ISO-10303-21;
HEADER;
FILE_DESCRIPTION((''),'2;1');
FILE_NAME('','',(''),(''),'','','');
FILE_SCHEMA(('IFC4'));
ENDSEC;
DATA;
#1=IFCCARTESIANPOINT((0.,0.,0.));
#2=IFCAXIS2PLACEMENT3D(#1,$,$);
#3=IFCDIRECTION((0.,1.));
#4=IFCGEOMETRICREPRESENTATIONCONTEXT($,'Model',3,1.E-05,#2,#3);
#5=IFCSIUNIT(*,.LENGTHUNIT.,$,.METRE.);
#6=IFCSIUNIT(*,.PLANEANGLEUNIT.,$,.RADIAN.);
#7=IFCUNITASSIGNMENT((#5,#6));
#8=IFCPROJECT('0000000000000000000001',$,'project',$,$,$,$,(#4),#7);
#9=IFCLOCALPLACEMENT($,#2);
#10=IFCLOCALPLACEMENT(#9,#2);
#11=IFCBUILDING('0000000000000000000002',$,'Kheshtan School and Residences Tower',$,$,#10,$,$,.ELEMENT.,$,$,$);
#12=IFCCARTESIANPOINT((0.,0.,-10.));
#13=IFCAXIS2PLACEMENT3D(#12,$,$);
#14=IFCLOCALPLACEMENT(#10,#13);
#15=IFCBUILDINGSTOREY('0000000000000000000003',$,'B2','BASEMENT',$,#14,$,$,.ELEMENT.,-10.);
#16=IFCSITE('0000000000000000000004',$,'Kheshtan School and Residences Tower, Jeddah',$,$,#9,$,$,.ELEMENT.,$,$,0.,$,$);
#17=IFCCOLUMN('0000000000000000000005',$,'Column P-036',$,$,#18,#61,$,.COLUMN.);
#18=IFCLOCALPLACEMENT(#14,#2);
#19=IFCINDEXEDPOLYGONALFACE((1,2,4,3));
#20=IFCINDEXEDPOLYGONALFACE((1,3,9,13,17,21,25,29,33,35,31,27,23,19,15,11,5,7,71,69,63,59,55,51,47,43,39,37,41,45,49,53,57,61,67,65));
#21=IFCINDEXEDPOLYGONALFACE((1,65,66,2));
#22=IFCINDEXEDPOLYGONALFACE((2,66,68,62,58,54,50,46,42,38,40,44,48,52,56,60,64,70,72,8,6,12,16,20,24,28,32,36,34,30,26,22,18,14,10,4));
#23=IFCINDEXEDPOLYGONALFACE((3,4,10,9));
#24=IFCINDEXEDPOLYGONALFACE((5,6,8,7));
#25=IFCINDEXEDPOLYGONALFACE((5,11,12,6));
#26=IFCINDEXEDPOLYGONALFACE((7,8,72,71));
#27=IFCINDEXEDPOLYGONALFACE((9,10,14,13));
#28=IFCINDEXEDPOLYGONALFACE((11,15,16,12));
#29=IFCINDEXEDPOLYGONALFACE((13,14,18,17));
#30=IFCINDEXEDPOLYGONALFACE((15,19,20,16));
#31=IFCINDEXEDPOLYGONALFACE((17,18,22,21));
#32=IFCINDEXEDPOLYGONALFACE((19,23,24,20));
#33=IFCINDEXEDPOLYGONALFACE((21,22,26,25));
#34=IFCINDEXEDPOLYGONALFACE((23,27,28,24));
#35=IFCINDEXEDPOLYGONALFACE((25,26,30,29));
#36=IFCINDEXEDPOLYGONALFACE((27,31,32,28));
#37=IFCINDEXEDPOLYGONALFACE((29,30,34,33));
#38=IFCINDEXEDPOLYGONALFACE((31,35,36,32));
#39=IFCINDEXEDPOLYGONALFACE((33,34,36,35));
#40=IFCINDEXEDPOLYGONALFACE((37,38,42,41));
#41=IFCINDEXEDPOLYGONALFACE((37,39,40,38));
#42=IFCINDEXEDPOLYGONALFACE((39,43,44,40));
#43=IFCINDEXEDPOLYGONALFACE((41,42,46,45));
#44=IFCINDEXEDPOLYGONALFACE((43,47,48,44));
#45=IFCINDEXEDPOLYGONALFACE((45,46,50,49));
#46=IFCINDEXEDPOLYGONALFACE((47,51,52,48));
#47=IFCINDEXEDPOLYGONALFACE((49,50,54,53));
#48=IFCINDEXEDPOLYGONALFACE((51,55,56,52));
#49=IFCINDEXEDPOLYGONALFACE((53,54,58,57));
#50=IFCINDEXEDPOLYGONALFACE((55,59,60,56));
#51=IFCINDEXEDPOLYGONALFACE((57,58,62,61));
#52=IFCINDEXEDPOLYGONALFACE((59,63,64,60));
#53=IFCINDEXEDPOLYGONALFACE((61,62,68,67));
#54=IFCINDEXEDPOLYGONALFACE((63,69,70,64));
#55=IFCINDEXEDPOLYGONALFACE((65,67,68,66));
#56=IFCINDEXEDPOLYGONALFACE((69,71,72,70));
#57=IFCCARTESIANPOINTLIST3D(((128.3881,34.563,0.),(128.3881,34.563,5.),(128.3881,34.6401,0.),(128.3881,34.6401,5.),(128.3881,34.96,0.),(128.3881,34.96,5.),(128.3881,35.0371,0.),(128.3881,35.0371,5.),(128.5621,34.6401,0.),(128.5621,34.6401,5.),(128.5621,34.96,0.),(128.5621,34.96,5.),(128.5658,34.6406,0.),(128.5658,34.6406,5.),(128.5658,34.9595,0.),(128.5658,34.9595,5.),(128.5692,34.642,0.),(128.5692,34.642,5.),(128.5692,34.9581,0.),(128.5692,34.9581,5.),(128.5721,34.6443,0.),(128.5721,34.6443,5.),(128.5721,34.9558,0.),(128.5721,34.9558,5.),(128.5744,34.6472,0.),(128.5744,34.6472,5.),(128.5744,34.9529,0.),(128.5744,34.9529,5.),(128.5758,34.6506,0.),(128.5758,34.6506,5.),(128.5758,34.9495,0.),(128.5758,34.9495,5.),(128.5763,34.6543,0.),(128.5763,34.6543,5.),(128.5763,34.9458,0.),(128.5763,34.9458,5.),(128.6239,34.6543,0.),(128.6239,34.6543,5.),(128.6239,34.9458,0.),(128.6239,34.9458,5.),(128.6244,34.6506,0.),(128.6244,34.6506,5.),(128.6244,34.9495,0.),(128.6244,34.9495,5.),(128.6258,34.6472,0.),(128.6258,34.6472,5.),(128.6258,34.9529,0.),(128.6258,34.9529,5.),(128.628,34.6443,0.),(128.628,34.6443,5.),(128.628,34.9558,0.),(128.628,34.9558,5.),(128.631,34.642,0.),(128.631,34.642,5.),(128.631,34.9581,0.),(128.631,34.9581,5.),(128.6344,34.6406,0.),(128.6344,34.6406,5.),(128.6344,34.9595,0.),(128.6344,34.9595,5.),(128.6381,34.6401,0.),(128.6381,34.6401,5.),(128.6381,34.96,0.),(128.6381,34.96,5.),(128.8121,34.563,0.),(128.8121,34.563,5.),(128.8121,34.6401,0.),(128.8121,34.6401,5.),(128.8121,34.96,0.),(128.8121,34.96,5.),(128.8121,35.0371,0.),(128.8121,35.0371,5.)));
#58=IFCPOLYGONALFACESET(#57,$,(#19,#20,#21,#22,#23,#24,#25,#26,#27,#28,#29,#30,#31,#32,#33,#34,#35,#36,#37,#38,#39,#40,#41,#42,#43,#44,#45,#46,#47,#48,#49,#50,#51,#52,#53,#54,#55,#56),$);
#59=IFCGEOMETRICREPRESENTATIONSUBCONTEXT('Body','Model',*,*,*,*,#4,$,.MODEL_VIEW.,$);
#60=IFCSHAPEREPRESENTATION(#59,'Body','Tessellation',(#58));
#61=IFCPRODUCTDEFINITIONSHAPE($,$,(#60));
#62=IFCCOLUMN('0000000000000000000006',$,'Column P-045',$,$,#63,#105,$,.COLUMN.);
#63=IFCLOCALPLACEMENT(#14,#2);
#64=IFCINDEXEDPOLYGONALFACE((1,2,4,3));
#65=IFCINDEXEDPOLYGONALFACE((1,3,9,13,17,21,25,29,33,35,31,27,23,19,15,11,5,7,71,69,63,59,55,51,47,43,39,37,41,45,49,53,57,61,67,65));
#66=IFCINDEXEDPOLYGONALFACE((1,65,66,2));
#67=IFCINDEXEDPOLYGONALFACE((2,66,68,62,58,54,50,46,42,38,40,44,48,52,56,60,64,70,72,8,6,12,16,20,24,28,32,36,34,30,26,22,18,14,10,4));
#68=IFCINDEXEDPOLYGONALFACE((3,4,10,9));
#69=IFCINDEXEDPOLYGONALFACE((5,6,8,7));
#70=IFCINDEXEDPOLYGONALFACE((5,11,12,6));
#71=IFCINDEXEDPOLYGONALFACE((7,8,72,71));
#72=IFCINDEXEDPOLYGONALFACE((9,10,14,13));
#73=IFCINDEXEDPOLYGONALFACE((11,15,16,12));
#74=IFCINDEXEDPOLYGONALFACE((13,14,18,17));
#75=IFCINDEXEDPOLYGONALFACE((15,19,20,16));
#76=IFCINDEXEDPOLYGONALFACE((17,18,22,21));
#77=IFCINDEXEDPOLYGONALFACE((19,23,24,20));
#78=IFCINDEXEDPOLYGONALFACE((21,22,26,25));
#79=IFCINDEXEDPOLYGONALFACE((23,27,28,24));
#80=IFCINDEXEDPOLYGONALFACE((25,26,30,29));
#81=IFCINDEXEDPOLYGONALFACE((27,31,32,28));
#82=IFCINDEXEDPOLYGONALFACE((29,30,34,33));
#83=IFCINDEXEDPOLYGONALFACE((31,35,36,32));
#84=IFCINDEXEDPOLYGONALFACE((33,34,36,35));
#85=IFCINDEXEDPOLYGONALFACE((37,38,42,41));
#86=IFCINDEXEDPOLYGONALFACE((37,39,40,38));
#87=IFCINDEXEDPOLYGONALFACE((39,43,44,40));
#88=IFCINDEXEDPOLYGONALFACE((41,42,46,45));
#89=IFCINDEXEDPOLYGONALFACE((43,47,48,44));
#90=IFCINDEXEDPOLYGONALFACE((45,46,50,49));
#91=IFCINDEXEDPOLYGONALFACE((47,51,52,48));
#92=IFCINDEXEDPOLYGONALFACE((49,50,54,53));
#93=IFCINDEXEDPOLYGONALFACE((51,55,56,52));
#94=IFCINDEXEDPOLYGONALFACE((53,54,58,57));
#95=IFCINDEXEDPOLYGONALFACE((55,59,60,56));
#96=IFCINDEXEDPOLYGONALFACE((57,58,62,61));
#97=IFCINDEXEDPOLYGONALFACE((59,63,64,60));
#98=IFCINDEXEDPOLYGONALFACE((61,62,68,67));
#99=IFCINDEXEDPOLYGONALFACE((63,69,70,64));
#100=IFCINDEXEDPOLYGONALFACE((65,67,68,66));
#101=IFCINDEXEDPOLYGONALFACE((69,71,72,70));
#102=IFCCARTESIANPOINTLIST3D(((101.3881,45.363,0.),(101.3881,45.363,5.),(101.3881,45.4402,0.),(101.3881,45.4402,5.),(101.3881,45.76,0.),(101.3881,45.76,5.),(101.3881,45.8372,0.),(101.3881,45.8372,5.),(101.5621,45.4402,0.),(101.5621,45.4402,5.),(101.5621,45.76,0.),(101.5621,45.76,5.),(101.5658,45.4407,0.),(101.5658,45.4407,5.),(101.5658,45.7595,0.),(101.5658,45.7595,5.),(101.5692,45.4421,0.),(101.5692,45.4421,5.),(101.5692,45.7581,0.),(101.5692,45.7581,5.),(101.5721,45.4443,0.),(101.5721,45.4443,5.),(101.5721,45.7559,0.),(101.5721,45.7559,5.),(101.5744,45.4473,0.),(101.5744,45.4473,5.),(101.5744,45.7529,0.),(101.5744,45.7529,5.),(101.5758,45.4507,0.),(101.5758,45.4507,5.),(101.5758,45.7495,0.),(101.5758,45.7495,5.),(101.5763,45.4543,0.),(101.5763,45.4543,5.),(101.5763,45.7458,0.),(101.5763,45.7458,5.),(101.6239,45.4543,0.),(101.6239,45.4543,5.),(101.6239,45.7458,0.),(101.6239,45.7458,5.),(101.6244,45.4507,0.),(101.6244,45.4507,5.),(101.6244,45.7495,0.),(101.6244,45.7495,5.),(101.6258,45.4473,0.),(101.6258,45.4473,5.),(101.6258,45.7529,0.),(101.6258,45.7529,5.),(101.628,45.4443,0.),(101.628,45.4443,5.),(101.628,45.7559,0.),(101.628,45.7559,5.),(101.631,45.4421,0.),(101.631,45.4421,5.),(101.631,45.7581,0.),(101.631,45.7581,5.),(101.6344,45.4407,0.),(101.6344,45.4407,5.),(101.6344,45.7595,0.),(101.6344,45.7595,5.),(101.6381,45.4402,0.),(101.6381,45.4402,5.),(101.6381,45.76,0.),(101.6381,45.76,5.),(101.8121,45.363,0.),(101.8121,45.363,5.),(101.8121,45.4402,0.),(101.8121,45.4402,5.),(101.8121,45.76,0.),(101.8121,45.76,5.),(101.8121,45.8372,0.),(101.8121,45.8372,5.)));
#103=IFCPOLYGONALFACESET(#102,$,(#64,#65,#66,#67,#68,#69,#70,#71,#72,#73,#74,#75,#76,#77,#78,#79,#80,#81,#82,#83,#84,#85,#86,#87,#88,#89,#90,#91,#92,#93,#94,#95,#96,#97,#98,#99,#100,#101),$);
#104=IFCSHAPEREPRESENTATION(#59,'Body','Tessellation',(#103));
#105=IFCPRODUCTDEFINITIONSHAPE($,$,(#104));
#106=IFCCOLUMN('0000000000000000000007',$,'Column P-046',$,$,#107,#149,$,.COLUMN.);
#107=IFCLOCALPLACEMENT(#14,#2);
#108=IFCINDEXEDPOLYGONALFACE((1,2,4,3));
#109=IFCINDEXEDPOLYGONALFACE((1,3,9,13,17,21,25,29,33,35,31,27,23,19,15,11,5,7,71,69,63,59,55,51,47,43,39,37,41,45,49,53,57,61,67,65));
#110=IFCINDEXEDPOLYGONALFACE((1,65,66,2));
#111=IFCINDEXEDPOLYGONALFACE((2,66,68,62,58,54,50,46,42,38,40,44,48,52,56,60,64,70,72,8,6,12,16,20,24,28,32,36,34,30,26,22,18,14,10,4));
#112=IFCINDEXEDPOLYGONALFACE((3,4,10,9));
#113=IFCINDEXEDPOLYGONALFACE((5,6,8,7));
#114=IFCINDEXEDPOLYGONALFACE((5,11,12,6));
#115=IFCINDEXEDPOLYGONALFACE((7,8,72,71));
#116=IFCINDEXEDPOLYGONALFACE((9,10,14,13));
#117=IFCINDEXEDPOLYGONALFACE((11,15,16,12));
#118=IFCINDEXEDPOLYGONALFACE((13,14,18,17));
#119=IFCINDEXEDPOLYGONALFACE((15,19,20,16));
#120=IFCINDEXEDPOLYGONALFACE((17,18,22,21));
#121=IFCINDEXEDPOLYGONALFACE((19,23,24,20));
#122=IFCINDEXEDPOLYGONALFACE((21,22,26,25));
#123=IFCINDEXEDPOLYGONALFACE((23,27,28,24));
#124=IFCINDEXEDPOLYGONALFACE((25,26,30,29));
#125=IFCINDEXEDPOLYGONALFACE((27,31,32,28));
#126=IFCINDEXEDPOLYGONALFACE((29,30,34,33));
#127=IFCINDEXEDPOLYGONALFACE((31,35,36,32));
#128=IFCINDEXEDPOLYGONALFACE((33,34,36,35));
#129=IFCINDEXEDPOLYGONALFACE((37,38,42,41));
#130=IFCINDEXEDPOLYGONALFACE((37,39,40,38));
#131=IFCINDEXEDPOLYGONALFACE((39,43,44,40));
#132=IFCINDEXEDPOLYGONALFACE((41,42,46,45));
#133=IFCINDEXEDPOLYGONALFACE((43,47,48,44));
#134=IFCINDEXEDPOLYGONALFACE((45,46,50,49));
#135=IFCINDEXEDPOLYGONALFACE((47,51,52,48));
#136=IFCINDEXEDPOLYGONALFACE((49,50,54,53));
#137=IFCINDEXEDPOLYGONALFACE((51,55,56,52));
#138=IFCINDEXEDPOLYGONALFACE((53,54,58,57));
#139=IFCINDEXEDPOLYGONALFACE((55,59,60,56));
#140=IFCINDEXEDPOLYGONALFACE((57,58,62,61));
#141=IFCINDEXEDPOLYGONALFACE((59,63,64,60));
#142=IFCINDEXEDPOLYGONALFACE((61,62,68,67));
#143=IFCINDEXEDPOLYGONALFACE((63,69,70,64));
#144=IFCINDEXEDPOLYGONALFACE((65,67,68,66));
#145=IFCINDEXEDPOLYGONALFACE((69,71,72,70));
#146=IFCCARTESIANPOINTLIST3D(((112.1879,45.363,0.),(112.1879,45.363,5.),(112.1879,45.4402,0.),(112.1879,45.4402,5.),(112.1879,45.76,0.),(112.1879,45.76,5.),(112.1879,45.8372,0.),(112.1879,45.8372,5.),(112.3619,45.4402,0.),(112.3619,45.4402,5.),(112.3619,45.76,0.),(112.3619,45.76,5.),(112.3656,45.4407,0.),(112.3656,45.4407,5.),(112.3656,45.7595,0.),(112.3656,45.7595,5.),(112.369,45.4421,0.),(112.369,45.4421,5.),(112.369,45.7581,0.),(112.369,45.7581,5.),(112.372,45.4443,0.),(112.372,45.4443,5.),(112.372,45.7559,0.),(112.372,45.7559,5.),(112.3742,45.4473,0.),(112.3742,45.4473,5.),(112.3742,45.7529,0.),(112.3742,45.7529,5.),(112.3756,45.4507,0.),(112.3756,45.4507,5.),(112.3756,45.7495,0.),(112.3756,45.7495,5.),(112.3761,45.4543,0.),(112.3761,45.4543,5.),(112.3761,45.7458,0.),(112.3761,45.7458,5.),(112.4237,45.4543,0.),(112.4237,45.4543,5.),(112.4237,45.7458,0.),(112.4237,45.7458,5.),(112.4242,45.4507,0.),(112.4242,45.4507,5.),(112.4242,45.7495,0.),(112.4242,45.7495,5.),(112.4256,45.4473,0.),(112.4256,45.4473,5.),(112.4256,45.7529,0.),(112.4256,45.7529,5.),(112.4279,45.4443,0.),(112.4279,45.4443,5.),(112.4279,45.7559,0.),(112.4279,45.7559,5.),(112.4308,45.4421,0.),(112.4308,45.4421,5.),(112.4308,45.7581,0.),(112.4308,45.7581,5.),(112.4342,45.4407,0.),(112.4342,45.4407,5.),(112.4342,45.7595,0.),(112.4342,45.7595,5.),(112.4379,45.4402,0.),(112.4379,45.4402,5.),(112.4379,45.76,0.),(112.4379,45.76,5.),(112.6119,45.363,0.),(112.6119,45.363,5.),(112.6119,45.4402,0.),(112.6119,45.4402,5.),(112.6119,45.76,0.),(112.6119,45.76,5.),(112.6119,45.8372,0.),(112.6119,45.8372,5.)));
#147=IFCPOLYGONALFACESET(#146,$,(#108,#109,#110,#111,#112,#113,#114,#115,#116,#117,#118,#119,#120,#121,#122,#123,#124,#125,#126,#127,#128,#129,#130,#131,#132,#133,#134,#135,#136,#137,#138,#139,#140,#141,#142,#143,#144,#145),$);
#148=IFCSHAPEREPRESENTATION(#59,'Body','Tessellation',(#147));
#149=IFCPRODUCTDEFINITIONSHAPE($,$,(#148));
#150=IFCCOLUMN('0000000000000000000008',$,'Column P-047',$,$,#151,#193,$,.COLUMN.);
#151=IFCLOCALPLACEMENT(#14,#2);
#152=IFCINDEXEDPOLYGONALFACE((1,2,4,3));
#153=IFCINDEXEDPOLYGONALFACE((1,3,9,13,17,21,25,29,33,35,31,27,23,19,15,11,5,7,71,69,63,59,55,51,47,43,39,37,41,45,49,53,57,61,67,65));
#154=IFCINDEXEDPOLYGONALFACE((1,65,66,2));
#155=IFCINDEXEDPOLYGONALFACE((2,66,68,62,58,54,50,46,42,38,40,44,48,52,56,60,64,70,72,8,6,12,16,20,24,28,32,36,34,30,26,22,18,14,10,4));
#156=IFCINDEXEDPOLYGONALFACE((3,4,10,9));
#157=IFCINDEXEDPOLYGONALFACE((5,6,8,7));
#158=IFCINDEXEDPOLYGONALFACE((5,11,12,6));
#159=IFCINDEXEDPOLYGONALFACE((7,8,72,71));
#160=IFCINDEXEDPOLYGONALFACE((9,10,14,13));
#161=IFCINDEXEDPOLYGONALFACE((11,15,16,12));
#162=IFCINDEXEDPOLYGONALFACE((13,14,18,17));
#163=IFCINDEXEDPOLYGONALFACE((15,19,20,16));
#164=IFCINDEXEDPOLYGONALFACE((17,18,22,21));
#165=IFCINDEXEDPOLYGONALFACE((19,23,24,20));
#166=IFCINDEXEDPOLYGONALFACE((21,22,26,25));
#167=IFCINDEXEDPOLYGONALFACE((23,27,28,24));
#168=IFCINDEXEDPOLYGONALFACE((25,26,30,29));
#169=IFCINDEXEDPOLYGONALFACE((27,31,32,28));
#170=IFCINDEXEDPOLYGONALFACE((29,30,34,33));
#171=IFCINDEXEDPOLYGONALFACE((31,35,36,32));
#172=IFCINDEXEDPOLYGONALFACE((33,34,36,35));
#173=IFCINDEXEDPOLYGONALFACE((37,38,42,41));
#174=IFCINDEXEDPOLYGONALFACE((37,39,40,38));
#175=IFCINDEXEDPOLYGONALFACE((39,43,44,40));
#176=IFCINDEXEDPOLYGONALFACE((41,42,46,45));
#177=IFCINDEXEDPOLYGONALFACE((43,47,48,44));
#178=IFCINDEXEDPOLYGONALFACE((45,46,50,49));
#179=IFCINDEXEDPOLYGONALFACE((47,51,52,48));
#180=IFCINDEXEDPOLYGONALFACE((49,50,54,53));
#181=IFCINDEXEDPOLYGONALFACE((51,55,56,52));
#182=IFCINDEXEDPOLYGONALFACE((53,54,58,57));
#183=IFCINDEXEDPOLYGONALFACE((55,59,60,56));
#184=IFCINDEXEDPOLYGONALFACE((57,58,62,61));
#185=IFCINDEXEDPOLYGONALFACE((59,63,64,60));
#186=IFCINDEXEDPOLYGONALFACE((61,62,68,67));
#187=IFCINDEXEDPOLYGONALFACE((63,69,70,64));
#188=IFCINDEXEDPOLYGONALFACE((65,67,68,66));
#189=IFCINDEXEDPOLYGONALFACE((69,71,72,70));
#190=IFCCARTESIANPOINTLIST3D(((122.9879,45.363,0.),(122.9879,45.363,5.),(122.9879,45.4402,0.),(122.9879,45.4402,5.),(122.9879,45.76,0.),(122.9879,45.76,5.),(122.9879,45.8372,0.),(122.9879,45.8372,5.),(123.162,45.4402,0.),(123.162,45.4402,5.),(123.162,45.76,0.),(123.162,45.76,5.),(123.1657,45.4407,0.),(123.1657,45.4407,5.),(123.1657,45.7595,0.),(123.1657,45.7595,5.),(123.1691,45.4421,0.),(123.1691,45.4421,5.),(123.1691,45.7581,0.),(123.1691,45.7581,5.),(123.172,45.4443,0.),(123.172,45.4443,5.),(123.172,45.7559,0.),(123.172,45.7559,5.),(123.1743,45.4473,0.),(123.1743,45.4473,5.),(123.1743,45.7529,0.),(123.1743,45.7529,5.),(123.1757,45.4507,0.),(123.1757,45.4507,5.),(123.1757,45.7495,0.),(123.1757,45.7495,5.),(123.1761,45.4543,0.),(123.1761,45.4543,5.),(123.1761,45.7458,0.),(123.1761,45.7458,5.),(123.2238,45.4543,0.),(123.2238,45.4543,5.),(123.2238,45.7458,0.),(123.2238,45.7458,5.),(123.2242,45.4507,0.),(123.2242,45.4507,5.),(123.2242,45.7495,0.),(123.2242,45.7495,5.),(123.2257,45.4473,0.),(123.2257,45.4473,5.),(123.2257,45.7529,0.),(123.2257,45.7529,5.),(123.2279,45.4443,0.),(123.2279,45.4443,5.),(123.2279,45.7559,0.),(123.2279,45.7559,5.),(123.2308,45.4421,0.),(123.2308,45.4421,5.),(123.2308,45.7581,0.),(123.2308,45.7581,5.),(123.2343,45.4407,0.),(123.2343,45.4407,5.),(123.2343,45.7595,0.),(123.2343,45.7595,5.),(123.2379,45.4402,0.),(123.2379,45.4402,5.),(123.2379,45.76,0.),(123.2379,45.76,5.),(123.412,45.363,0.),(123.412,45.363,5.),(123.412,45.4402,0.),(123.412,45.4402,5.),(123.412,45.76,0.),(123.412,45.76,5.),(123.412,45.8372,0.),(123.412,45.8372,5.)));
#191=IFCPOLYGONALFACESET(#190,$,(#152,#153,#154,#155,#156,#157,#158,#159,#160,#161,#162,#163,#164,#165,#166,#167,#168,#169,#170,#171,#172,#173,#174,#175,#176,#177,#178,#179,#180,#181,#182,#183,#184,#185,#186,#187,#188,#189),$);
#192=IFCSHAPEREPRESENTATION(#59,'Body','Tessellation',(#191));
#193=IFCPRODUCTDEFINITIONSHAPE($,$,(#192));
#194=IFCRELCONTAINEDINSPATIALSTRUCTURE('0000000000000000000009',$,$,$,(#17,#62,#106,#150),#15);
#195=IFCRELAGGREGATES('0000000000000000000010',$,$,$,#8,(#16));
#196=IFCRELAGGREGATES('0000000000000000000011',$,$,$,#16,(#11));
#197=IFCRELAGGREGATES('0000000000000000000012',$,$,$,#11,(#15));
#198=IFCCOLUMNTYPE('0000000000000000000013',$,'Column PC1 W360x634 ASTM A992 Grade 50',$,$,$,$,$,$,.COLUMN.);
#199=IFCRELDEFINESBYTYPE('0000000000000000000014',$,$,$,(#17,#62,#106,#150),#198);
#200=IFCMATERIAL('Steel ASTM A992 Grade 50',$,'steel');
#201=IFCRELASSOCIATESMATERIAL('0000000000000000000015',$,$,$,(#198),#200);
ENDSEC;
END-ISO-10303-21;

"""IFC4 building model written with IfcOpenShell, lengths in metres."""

from ifc_helpers import new_model, si_unit, direction, frame, origin, origin_2d, place, context, subcontext, project, spatial, i_section, extrude, material, material_profile, profile_set, type_object, element, save


model = new_model("IFC4")

# Units and contexts
model_context = context("Model", 3, precision=1e-05, world=origin(), true_north=direction((0.0, 1.0)))
body_context = subcontext(model_context, "Body", "Model", "MODEL_VIEW")
ifc_project = project(units=[si_unit("LENGTHUNIT", "METRE"), si_unit("PLANEANGLEUNIT", "RADIAN")], contexts=[model_context])

# Site, building, storey
site_placement = place(None, origin())
site = spatial("IfcSite", under=ifc_project, at=site_placement, Name="Kheshtan School and Residences Tower, Jeddah", CompositionType="ELEMENT", RefElevation=0.0)
building_placement = place(site_placement, origin())
building = spatial("IfcBuilding", under=site, at=building_placement, Name="Kheshtan School and Residences Tower", CompositionType="ELEMENT")
storey_placement = place(building_placement, frame((0.0, 0.0, -10.0)))
storey = spatial("IfcBuildingStorey", under=building, at=storey_placement, Name="B2", Description="BASEMENT", CompositionType="ELEMENT", Elevation=-10.0)

# Columns
ifc_material_1 = material(Name="Steel ASTM A992 Grade 50", Category="steel")
ifc_material_profile_1 = material_profile(ifc_material_1, i_section(OverallWidth=0.4241, OverallDepth=0.4741, WebThickness=0.0476, FlangeThickness=0.0771, FilletRadius=0.0142, at=origin_2d()), Name="W360x634")
ifc_profile_set_1 = profile_set([ifc_material_profile_1], Name="Steel ASTM A992 Grade 50")
column_type = type_object("IfcColumnType", Name="Column PC1 W360x634 ASTM A992 Grade 50", PredefinedType="COLUMN", material=ifc_profile_set_1)
for number, where, z_axis, x_axis, name in (
    (1, (128.6001, 34.8, 0.0), (0.0, 0.0, 1.0), (1.0, 0.0, 0.0), "Column P-036"),
    (2, (101.6001, 45.6001, 0.0), (0.0, 0.0, 1.0), (1.0, 0.0, 0.0), "Column P-045"),
    (3, (112.3999, 45.6001, 0.0), (0.0, 0.0, 1.0), (1.0, 0.0, 0.0), "Column P-046"),
    (4, (123.2, 45.6001, 0.0), (0.0, 0.0, 1.0), (1.0, 0.0, 0.0), "Column P-047"),
):
    element("IfcColumn", number, at=place(storey_placement, frame(where, z_axis=z_axis, x_axis=x_axis)), inside=storey, type_object=column_type, Name=name, PredefinedType="COLUMN", context=body_context, shape_type="SweptSolid", body=[
        extrude(i_section(OverallWidth=0.4241, OverallDepth=0.4741, WebThickness=0.0476, FlangeThickness=0.0771, FilletRadius=0.0142, at=origin_2d()), origin(), (0.0, 0.0, 1.0), 5.0),
    ])

save(model, "model.ifc")
